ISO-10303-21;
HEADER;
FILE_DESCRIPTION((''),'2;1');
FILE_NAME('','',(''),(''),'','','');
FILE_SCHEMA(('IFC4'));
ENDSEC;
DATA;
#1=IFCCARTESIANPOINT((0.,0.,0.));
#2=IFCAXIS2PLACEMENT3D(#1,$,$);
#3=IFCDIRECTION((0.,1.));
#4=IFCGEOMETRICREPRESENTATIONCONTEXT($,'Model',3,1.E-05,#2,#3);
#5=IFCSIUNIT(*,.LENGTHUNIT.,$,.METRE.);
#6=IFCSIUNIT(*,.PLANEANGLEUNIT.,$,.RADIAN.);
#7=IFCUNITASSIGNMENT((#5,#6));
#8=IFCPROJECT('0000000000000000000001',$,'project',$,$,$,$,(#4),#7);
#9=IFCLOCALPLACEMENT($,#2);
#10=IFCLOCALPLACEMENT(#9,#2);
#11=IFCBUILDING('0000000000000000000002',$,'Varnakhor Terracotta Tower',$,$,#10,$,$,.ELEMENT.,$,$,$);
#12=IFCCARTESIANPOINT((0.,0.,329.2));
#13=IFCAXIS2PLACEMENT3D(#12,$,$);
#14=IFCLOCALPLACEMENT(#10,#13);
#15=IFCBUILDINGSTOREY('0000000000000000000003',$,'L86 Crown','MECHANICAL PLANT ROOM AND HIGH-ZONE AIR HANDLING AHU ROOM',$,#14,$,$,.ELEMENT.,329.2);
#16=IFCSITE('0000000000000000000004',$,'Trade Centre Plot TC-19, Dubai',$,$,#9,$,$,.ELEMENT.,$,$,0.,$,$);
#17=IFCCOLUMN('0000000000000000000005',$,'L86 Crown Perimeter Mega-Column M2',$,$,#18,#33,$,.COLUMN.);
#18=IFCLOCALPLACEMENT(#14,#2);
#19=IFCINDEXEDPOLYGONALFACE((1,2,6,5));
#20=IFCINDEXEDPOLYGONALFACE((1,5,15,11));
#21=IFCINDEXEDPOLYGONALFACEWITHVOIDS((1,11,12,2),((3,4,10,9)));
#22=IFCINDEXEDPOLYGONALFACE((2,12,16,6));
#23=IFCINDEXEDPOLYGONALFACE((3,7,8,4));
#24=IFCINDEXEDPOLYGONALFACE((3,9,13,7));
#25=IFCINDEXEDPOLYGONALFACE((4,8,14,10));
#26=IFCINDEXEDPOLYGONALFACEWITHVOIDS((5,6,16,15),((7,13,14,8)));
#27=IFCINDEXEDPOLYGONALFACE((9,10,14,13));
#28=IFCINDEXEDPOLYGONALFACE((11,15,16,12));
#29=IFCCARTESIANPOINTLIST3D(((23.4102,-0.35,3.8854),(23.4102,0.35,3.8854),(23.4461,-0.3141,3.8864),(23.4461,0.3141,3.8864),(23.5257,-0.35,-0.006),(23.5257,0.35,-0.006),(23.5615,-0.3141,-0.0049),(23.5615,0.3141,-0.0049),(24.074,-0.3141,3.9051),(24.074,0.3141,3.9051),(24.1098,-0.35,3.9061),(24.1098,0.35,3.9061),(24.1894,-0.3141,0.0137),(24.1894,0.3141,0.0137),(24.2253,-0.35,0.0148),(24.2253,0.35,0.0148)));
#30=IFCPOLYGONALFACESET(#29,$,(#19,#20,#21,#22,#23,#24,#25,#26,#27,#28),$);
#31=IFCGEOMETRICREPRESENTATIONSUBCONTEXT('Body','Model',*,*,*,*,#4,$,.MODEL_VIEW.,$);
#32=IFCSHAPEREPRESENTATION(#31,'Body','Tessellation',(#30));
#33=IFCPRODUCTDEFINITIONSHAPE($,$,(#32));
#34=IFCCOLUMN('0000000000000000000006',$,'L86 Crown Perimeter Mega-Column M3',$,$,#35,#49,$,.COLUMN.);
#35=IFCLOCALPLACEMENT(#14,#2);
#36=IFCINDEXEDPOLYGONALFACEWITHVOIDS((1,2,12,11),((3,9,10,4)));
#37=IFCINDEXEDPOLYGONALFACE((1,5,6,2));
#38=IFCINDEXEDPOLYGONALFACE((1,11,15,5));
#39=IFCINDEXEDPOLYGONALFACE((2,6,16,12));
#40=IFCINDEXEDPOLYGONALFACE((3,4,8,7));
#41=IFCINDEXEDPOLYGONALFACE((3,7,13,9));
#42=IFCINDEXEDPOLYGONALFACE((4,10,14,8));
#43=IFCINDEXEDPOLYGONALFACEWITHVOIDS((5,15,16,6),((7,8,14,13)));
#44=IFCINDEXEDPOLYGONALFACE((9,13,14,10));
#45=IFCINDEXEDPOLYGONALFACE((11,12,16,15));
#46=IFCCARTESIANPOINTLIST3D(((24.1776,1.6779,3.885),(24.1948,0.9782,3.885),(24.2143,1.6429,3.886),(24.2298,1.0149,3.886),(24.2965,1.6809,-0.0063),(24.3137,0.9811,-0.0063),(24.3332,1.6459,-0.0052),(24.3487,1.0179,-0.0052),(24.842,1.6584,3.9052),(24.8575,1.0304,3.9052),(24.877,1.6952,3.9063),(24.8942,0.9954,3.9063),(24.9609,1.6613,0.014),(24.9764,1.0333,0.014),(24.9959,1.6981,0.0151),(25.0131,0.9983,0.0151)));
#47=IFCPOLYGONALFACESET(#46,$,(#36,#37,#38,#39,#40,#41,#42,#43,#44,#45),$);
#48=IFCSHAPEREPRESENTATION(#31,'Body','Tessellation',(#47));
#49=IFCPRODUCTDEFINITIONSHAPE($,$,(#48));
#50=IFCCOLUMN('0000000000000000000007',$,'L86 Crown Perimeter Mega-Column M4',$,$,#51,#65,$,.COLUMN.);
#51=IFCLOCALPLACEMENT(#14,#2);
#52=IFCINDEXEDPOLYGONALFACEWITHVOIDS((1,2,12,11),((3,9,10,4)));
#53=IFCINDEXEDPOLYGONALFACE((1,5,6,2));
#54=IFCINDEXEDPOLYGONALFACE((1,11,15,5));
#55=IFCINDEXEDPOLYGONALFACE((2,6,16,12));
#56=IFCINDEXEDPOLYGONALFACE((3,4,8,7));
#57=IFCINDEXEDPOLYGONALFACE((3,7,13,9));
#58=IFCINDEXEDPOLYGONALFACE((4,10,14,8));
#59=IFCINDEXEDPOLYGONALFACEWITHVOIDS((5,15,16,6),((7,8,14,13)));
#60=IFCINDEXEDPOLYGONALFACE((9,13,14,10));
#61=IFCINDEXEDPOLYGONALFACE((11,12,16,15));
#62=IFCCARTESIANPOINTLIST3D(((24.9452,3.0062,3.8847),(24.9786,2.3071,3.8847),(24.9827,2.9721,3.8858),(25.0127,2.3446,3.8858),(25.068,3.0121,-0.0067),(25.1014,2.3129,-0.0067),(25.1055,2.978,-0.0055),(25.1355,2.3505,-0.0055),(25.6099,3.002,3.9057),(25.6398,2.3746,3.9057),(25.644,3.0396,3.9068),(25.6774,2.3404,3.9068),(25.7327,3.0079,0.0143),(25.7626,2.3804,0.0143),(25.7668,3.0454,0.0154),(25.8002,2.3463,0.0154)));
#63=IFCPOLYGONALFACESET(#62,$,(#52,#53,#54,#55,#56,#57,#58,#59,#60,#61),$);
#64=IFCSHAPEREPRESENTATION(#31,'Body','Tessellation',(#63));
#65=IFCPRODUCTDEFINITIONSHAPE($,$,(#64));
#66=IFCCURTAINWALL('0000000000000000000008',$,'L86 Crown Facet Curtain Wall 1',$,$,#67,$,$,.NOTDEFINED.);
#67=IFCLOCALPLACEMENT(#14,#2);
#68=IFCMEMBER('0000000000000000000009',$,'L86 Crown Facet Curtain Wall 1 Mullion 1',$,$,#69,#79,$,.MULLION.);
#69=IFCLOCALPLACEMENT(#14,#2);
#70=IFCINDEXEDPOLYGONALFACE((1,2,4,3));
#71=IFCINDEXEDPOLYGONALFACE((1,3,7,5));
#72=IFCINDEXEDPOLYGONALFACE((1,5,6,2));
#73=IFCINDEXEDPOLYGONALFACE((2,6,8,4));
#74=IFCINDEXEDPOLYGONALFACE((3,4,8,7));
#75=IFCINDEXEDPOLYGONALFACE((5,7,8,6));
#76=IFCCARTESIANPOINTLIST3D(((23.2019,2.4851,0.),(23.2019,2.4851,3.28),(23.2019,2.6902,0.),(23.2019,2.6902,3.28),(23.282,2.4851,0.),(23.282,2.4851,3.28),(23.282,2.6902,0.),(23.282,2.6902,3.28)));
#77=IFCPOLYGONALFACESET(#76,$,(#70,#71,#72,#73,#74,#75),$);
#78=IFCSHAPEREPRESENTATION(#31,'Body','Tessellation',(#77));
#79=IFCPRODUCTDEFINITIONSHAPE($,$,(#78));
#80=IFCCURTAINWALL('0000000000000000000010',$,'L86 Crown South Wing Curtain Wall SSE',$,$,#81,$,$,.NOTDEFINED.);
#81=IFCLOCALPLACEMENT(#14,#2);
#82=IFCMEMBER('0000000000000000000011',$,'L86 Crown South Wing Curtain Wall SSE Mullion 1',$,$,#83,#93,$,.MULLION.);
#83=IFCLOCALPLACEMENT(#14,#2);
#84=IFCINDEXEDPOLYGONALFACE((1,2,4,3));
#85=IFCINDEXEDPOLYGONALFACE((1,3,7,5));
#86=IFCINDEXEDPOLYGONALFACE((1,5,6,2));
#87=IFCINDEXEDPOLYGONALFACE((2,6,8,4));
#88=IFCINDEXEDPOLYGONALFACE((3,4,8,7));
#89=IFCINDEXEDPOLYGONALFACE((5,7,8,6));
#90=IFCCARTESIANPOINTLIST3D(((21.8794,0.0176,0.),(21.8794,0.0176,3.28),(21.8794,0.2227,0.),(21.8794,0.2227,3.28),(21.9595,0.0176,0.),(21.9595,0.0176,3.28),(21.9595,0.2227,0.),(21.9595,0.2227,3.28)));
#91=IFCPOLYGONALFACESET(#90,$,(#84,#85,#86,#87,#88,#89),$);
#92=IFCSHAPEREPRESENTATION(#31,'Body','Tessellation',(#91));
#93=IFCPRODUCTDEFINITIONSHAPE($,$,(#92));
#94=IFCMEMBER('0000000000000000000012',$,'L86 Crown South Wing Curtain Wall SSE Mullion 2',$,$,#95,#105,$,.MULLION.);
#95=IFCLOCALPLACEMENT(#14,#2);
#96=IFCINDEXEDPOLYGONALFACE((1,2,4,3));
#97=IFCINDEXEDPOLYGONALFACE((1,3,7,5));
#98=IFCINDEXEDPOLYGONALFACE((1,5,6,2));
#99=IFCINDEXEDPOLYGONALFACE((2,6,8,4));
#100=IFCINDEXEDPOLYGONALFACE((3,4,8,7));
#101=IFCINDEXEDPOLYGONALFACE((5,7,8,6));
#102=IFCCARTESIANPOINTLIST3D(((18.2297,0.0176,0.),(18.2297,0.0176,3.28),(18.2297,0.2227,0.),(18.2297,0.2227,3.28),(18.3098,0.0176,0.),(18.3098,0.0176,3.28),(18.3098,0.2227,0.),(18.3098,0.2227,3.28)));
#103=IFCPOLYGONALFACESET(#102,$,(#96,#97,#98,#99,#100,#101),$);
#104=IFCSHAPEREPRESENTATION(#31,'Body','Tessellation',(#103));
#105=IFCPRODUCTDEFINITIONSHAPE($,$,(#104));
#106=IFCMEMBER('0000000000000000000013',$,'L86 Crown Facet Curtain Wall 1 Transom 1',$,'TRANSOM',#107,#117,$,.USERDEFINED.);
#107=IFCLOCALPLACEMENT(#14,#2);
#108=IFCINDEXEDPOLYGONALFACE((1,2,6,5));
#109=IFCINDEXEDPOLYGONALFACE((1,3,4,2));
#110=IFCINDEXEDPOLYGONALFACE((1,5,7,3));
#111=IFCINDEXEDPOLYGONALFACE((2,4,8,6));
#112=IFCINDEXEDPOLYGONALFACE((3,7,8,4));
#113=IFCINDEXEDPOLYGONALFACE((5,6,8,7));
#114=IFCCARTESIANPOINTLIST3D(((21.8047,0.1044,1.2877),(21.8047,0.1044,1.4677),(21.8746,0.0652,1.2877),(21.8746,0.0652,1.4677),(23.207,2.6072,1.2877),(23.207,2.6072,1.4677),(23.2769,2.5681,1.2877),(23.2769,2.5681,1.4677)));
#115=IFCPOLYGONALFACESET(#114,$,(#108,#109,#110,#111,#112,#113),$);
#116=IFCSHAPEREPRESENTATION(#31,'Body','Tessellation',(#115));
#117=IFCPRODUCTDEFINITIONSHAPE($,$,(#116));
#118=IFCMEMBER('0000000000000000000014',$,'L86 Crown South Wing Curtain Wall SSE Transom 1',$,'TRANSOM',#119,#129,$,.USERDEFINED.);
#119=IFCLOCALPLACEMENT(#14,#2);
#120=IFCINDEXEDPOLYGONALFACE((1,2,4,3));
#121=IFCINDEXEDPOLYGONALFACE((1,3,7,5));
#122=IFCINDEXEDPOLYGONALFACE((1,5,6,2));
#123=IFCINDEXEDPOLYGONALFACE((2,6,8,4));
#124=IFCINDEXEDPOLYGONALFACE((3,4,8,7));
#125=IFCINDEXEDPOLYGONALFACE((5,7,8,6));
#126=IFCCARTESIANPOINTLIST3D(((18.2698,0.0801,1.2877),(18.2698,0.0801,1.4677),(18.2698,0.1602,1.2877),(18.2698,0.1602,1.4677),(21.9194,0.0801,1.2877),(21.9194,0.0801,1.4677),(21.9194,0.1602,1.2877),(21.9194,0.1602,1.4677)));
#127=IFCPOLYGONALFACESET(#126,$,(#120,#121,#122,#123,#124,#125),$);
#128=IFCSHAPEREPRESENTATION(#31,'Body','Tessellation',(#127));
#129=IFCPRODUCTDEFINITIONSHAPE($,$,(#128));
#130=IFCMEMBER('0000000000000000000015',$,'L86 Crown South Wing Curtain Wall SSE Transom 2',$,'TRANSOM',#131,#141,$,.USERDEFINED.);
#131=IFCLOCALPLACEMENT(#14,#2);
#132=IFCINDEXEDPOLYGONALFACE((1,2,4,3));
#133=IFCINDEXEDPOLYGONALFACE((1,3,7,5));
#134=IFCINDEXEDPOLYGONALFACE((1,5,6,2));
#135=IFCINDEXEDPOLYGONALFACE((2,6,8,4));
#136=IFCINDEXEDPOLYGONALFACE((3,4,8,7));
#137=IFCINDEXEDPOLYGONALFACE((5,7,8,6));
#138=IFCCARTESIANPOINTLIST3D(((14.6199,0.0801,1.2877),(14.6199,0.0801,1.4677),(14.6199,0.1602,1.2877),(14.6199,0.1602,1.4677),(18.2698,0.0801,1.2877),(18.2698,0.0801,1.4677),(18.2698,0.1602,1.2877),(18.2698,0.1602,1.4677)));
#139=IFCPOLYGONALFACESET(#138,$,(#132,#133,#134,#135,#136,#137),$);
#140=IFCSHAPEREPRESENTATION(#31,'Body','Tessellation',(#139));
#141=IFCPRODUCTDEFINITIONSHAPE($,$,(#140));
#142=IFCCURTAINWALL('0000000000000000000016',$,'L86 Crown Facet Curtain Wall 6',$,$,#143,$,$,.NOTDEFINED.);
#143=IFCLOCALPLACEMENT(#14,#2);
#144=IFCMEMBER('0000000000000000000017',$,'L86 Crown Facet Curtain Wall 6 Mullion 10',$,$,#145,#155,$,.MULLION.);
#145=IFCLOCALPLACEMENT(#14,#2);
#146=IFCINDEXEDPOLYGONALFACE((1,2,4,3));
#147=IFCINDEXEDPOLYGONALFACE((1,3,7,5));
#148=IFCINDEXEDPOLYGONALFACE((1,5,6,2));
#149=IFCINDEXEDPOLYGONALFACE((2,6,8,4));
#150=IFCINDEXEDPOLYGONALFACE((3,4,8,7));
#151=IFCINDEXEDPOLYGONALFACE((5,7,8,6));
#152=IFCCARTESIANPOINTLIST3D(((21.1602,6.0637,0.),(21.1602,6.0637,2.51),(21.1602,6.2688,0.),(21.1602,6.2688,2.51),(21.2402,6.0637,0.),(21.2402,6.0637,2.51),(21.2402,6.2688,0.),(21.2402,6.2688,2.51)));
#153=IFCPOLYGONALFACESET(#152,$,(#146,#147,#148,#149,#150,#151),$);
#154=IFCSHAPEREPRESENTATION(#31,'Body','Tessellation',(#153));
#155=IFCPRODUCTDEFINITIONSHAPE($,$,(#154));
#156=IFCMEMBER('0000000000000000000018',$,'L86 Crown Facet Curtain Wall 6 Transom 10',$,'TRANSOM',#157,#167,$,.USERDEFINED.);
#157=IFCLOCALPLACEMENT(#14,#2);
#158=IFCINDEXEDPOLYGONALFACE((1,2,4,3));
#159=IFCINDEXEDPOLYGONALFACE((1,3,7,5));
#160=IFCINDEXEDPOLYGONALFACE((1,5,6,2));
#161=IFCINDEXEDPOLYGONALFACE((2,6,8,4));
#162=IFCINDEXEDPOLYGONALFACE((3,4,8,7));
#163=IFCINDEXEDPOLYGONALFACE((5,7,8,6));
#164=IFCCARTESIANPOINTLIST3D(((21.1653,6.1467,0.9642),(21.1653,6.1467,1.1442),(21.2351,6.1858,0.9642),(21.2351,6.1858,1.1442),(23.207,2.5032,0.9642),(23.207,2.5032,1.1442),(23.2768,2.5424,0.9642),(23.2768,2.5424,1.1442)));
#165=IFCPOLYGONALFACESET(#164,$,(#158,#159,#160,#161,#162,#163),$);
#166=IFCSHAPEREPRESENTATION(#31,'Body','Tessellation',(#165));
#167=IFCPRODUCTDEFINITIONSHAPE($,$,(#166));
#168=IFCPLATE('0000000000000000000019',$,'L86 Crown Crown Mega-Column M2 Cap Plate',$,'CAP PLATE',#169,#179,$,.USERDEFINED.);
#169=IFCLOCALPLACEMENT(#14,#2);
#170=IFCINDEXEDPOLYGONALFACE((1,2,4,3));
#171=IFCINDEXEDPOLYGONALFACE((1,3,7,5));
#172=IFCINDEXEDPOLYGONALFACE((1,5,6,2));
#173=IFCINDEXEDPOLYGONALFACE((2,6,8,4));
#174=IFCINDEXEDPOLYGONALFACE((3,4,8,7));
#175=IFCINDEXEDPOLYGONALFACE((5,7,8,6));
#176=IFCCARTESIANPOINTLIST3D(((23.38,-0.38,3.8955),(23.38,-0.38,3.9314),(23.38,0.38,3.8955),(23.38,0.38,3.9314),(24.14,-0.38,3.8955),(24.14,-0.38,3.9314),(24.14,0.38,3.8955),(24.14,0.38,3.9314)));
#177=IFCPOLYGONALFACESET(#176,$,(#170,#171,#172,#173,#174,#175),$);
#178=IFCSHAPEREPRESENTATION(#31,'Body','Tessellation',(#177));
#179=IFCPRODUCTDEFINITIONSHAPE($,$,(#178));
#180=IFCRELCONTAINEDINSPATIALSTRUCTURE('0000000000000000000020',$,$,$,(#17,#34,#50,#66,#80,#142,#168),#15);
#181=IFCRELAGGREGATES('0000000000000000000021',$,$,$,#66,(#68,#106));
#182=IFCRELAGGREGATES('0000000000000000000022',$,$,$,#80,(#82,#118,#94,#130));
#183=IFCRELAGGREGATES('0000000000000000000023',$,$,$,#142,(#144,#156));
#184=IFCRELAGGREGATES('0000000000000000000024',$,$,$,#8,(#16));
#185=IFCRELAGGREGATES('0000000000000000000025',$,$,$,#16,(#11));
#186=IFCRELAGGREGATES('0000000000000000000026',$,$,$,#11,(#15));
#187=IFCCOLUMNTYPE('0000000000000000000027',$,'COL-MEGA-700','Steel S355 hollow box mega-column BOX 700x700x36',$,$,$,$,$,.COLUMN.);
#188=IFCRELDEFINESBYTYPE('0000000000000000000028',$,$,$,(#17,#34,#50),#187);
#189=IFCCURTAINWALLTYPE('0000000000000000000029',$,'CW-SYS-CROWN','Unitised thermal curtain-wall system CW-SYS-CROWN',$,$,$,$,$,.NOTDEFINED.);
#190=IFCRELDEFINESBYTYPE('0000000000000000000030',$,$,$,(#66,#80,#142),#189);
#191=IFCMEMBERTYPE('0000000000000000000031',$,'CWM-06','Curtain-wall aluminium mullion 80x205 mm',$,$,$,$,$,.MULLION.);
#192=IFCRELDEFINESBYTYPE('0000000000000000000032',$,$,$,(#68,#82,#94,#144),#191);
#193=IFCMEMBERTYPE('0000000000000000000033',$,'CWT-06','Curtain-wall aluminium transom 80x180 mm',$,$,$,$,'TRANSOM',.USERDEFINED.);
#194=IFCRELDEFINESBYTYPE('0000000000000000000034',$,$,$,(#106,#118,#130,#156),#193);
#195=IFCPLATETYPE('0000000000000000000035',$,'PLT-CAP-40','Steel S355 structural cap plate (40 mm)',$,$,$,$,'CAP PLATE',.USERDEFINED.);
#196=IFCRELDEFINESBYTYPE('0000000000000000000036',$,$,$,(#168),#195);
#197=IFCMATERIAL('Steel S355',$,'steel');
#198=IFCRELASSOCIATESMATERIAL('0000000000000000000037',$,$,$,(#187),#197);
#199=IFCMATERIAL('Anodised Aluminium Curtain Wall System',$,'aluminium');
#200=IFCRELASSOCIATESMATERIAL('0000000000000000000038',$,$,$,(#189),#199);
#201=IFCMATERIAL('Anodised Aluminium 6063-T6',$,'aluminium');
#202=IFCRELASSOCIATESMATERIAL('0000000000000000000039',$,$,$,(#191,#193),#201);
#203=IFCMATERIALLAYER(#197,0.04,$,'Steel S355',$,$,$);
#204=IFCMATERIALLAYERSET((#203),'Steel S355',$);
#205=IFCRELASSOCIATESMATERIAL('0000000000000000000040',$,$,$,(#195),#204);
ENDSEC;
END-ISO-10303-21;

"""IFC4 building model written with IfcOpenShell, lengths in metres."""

from ifc_helpers import new_model, si_unit, direction, frame, origin, origin_2d, place, context, subcontext, project, spatial, rectangle, hollow_rectangle, extrude, source, transform, mapped, material, layer, layer_set, material_profile, profile_set, type_object, element, aggregate, save


model = new_model("IFC4")

# Units and contexts
model_context = context("Model", 3, precision=1e-05, world=origin(), true_north=direction((0.0, 1.0)))
body_context = subcontext(model_context, "Body", "Model", "MODEL_VIEW")
ifc_project = project(units=[si_unit("LENGTHUNIT", "METRE"), si_unit("PLANEANGLEUNIT", "RADIAN")], contexts=[model_context])

# Site, building, storey
site_placement = place(None, origin())
site = spatial("IfcSite", under=ifc_project, at=site_placement, Name="Trade Centre Plot TC-19, Dubai", CompositionType="ELEMENT", RefElevation=0.0)
building_placement = place(site_placement, origin())
building = spatial("IfcBuilding", under=site, at=building_placement, Name="Varnakhor Terracotta Tower", CompositionType="ELEMENT")
storey_placement = place(building_placement, frame((0.0, 0.0, 329.2)))
storey = spatial("IfcBuildingStorey", under=building, at=storey_placement, Name="L86 Crown", Description="MECHANICAL PLANT ROOM AND HIGH-ZONE AIR HANDLING AHU ROOM", CompositionType="ELEMENT", Elevation=329.2)

# Columns
ifc_material_1 = material(Name="Steel S355", Category="steel")
ifc_material_profile_1 = material_profile(ifc_material_1, hollow_rectangle(XDim=0.7, YDim=0.7, WallThickness=0.0359, at=origin_2d()), Name="BOX 700x700x36")
ifc_profile_set_1 = profile_set([ifc_material_profile_1], Name="Steel S355")
column_type = type_object("IfcColumnType", Name="COL-MEGA-700", Description="Steel S355 hollow box mega-column BOX 700x700x36", PredefinedType="COLUMN", material=ifc_profile_set_1)
shared_shape_1 = source(origin(), body_context, "Body", "SweptSolid", [
    extrude(hollow_rectangle(XDim=0.7, YDim=0.7, WallThickness=0.0359, at=origin_2d()), origin(), (0.0, 0.0, 1.0), 3.8931),
])
for number, where, z_axis, x_axis, name in (
    (1, (23.8755, 0.0, 0.0044), (-0.029663, 0.0, 0.99956), (0.0, -1.0, 0.0), "L86 Crown Perimeter Mega-Column M2"),
    (2, (24.6548, 1.3396, 0.0044), (-0.03054, -0.000753, 0.999533), (0.024633, -0.999697, 0.0), "L86 Crown Perimeter Mega-Column M3"),
):
    element("IfcColumn", number, at=place(storey_placement, frame(where, z_axis=z_axis, x_axis=x_axis)), inside=storey, type_object=column_type, Name=name, PredefinedType="COLUMN", context=body_context, shape_type="MappedRepresentation", body=[
        mapped(shared_shape_1, transform((0.0, 0.0, 0.0), scale=1.0)),
    ])
shared_shape_2 = source(origin(), body_context, "Body", "SweptSolid", [
    extrude(hollow_rectangle(XDim=0.7, YDim=0.7, WallThickness=0.0359, at=origin_2d()), origin(), (0.0, 0.0, 1.0), 3.8933),
])
column_placement = place(storey_placement, frame((25.4341, 2.6792, 0.0044), z_axis=(-0.031542, -0.001505, 0.999501), x_axis=(0.047659, -0.998864, 0.0)))
element("IfcColumn", 3, at=column_placement, inside=storey, type_object=column_type, Name="L86 Crown Perimeter Mega-Column M4", PredefinedType="COLUMN", context=body_context, shape_type="MappedRepresentation", body=[
    mapped(shared_shape_2, transform((0.0, 0.0, 0.0), scale=1.0)),
])

# Curtain wall, member
ifc_material_2 = material(Name="Anodised Aluminium Curtain Wall System", Category="aluminium")
curtain_wall_type = type_object("IfcCurtainWallType", Name="CW-SYS-CROWN", Description="Unitised thermal curtain-wall system CW-SYS-CROWN", PredefinedType="NOTDEFINED", material=ifc_material_2)
curtain_wall_1_placement = place(storey_placement, origin())
curtain_wall_1 = element("IfcCurtainWall", 4, at=curtain_wall_1_placement, inside=storey, type_object=curtain_wall_type, Name="L86 Crown Facet Curtain Wall 1", PredefinedType="NOTDEFINED")
ifc_material_3 = material(Name="Anodised Aluminium 6063-T6", Category="aluminium")
ifc_material_profile_2 = material_profile(ifc_material_3, rectangle(XDim=0.0801, YDim=0.2051, at=origin_2d()), Name="ALU MULLION 80x205")
ifc_profile_set_2 = profile_set([ifc_material_profile_2], Name="Anodised Aluminium 6063-T6")
member_type_1 = type_object("IfcMemberType", Name="CWM-06", Description="Curtain-wall aluminium mullion 80x205 mm", PredefinedType="MULLION", material=ifc_profile_set_2)
shared_shape_3 = source(origin(), body_context, "Body", "SweptSolid", [
    extrude(rectangle(XDim=0.0801, YDim=0.2051, at=origin_2d()), origin(), (0.0, 0.0, 1.0), 3.28),
])
member_1_placement = place(storey_placement, frame((23.2419, 2.5876, 0.0), z_axis=(0.0, 0.0, 1.0), x_axis=(1.0, 0.0, 0.0)))
member_1 = element("IfcMember", 5, at=member_1_placement, type_object=member_type_1, Name="L86 Crown Facet Curtain Wall 1 Mullion 1", PredefinedType="MULLION", context=body_context, shape_type="MappedRepresentation", body=[
    mapped(shared_shape_3, transform((0.0, 0.0, 0.0), scale=1.0)),
])

# Curtain wall, members
curtain_wall_2_placement = place(storey_placement, origin())
curtain_wall_2 = element("IfcCurtainWall", 6, at=curtain_wall_2_placement, inside=storey, type_object=curtain_wall_type, Name="L86 Crown South Wing Curtain Wall SSE", PredefinedType="NOTDEFINED")
member_2_placement = place(storey_placement, frame((21.9194, 0.1201, 0.0), z_axis=(0.0, 0.0, 1.0), x_axis=(1.0, 0.0, 0.0)))
member_2 = element("IfcMember", 7, at=member_2_placement, type_object=member_type_1, Name="L86 Crown South Wing Curtain Wall SSE Mullion 1", PredefinedType="MULLION", context=body_context, shape_type="MappedRepresentation", body=[
    mapped(shared_shape_3, transform((0.0, 0.0, 0.0), scale=1.0)),
])
member_3_placement = place(storey_placement, frame((18.2698, 0.1201, 0.0), z_axis=(0.0, 0.0, 1.0), x_axis=(1.0, 0.0, 0.0)))
member_3 = element("IfcMember", 8, at=member_3_placement, type_object=member_type_1, Name="L86 Crown South Wing Curtain Wall SSE Mullion 2", PredefinedType="MULLION", context=body_context, shape_type="MappedRepresentation", body=[
    mapped(shared_shape_3, transform((0.0, 0.0, 0.0), scale=1.0)),
])

# Members
ifc_material_profile_3 = material_profile(ifc_material_3, rectangle(XDim=0.0801, YDim=0.1799, at=origin_2d()), Name="ALU TRANSOM 80x180")
ifc_profile_set_3 = profile_set([ifc_material_profile_3], Name="Anodised Aluminium 6063-T6")
member_type_2 = type_object("IfcMemberType", Name="CWT-06", Description="Curtain-wall aluminium transom 80x180 mm", ElementType="TRANSOM", PredefinedType="USERDEFINED", material=ifc_profile_set_3)
shared_shape_4 = source(origin(), body_context, "Body", "SweptSolid", [
    extrude(rectangle(XDim=0.0801, YDim=0.1799, at=origin_2d()), origin(), (0.0, 0.0, 1.0), 2.8689),
])
member_4_placement = place(storey_placement, frame((23.2419, 2.5876, 1.3777), z_axis=(-0.48879, -0.872402, 0.0), x_axis=(0.872402, -0.48879, 0.0)))
member_4 = element("IfcMember", 9, at=member_4_placement, type_object=member_type_2, Name="L86 Crown Facet Curtain Wall 1 Transom 1", ObjectType="TRANSOM", PredefinedType="USERDEFINED", context=body_context, shape_type="MappedRepresentation", body=[
    mapped(shared_shape_4, transform((0.0, 0.0, 0.0), scale=1.0)),
])
shared_shape_5 = source(origin(), body_context, "Body", "SweptSolid", [
    extrude(rectangle(XDim=0.0801, YDim=0.1799, at=origin_2d()), origin(), (0.0, 0.0, 1.0), 3.6497),
])
member_5_placement = place(storey_placement, frame((21.9194, 0.1201, 1.3777), z_axis=(-1.0, 0.0, 0.0), x_axis=(0.0, -1.0, 0.0)))
member_5 = element("IfcMember", 10, at=member_5_placement, type_object=member_type_2, Name="L86 Crown South Wing Curtain Wall SSE Transom 1", ObjectType="TRANSOM", PredefinedType="USERDEFINED", context=body_context, shape_type="MappedRepresentation", body=[
    mapped(shared_shape_5, transform((0.0, 0.0, 0.0), scale=1.0)),
])
shared_shape_6 = source(origin(), body_context, "Body", "SweptSolid", [
    extrude(rectangle(XDim=0.0801, YDim=0.1799, at=origin_2d()), origin(), (0.0, 0.0, 1.0), 3.6499),
])
member_6_placement = place(storey_placement, frame((18.2698, 0.1201, 1.3777), z_axis=(-1.0, 0.0, 0.0), x_axis=(0.0, -1.0, 0.0)))
member_6 = element("IfcMember", 11, at=member_6_placement, type_object=member_type_2, Name="L86 Crown South Wing Curtain Wall SSE Transom 2", ObjectType="TRANSOM", PredefinedType="USERDEFINED", context=body_context, shape_type="MappedRepresentation", body=[
    mapped(shared_shape_6, transform((0.0, 0.0, 0.0), scale=1.0)),
])

# Curtain wall, members
curtain_wall_3_placement = place(storey_placement, origin())
curtain_wall_3 = element("IfcCurtainWall", 12, at=curtain_wall_3_placement, inside=storey, type_object=curtain_wall_type, Name="L86 Crown Facet Curtain Wall 6", PredefinedType="NOTDEFINED")
shared_shape_7 = source(origin(), body_context, "Body", "SweptSolid", [
    extrude(rectangle(XDim=0.0801, YDim=0.2051, at=origin_2d()), origin(), (0.0, 0.0, 1.0), 2.51),
])
member_7_placement = place(storey_placement, frame((21.2002, 6.1663, 0.0), z_axis=(0.0, 0.0, 1.0), x_axis=(1.0, 0.0, 0.0)))
member_7 = element("IfcMember", 13, at=member_7_placement, type_object=member_type_1, Name="L86 Crown Facet Curtain Wall 6 Mullion 10", PredefinedType="MULLION", context=body_context, shape_type="MappedRepresentation", body=[
    mapped(shared_shape_7, transform((0.0, 0.0, 0.0), scale=1.0)),
])
shared_shape_8 = source(origin(), body_context, "Body", "SweptSolid", [
    extrude(rectangle(XDim=0.0801, YDim=0.1799, at=origin_2d()), origin(), (0.0, 0.0, 1.0), 4.1765),
])
member_8_placement = place(storey_placement, frame((21.2002, 6.1663, 1.0542), z_axis=(0.488851, -0.872367, 0.0), x_axis=(0.872367, 0.488851, 0.0)))
member_8 = element("IfcMember", 14, at=member_8_placement, type_object=member_type_2, Name="L86 Crown Facet Curtain Wall 6 Transom 10", ObjectType="TRANSOM", PredefinedType="USERDEFINED", context=body_context, shape_type="MappedRepresentation", body=[
    mapped(shared_shape_8, transform((0.0, 0.0, 0.0), scale=1.0)),
])

# Plate
ifc_layer_1 = layer(ifc_material_1, 0.04, Name="Steel S355")
ifc_layer_set_1 = layer_set([ifc_layer_1], Name="Steel S355")
plate_type_1 = type_object("IfcPlateType", Name="PLT-CAP-40", Description="Steel S355 structural cap plate (40 mm)", ElementType="CAP PLATE", PredefinedType="USERDEFINED", material=ifc_layer_set_1)
shared_shape_9 = source(origin(), body_context, "Body", "SweptSolid", [
    extrude(rectangle(XDim=0.76, YDim=0.76, at=origin_2d()), origin(), (0.0, 0.0, 1.0), 0.0359),
])
for number, where, z_axis, x_axis, name in (
    (15, (23.76, 0.0, 3.8955), (0.0, 0.0, 1.0), (1.0, 0.0, 0.0), "L86 Crown Crown Mega-Column M2 Cap Plate"),
):
    element("IfcPlate", number, at=place(storey_placement, frame(where, z_axis=z_axis, x_axis=x_axis)), inside=storey, type_object=plate_type_1, Name=name, ObjectType="CAP PLATE", PredefinedType="USERDEFINED", context=body_context, shape_type="MappedRepresentation", body=[
        mapped(shared_shape_9, transform((0.0, 0.0, 0.0), scale=1.0)),
    ])

aggregate(curtain_wall_1, [member_1, member_4])
aggregate(curtain_wall_2, [member_2, member_5, member_3, member_6])
aggregate(curtain_wall_3, [member_7, member_8])

save(model, "model.ifc")
